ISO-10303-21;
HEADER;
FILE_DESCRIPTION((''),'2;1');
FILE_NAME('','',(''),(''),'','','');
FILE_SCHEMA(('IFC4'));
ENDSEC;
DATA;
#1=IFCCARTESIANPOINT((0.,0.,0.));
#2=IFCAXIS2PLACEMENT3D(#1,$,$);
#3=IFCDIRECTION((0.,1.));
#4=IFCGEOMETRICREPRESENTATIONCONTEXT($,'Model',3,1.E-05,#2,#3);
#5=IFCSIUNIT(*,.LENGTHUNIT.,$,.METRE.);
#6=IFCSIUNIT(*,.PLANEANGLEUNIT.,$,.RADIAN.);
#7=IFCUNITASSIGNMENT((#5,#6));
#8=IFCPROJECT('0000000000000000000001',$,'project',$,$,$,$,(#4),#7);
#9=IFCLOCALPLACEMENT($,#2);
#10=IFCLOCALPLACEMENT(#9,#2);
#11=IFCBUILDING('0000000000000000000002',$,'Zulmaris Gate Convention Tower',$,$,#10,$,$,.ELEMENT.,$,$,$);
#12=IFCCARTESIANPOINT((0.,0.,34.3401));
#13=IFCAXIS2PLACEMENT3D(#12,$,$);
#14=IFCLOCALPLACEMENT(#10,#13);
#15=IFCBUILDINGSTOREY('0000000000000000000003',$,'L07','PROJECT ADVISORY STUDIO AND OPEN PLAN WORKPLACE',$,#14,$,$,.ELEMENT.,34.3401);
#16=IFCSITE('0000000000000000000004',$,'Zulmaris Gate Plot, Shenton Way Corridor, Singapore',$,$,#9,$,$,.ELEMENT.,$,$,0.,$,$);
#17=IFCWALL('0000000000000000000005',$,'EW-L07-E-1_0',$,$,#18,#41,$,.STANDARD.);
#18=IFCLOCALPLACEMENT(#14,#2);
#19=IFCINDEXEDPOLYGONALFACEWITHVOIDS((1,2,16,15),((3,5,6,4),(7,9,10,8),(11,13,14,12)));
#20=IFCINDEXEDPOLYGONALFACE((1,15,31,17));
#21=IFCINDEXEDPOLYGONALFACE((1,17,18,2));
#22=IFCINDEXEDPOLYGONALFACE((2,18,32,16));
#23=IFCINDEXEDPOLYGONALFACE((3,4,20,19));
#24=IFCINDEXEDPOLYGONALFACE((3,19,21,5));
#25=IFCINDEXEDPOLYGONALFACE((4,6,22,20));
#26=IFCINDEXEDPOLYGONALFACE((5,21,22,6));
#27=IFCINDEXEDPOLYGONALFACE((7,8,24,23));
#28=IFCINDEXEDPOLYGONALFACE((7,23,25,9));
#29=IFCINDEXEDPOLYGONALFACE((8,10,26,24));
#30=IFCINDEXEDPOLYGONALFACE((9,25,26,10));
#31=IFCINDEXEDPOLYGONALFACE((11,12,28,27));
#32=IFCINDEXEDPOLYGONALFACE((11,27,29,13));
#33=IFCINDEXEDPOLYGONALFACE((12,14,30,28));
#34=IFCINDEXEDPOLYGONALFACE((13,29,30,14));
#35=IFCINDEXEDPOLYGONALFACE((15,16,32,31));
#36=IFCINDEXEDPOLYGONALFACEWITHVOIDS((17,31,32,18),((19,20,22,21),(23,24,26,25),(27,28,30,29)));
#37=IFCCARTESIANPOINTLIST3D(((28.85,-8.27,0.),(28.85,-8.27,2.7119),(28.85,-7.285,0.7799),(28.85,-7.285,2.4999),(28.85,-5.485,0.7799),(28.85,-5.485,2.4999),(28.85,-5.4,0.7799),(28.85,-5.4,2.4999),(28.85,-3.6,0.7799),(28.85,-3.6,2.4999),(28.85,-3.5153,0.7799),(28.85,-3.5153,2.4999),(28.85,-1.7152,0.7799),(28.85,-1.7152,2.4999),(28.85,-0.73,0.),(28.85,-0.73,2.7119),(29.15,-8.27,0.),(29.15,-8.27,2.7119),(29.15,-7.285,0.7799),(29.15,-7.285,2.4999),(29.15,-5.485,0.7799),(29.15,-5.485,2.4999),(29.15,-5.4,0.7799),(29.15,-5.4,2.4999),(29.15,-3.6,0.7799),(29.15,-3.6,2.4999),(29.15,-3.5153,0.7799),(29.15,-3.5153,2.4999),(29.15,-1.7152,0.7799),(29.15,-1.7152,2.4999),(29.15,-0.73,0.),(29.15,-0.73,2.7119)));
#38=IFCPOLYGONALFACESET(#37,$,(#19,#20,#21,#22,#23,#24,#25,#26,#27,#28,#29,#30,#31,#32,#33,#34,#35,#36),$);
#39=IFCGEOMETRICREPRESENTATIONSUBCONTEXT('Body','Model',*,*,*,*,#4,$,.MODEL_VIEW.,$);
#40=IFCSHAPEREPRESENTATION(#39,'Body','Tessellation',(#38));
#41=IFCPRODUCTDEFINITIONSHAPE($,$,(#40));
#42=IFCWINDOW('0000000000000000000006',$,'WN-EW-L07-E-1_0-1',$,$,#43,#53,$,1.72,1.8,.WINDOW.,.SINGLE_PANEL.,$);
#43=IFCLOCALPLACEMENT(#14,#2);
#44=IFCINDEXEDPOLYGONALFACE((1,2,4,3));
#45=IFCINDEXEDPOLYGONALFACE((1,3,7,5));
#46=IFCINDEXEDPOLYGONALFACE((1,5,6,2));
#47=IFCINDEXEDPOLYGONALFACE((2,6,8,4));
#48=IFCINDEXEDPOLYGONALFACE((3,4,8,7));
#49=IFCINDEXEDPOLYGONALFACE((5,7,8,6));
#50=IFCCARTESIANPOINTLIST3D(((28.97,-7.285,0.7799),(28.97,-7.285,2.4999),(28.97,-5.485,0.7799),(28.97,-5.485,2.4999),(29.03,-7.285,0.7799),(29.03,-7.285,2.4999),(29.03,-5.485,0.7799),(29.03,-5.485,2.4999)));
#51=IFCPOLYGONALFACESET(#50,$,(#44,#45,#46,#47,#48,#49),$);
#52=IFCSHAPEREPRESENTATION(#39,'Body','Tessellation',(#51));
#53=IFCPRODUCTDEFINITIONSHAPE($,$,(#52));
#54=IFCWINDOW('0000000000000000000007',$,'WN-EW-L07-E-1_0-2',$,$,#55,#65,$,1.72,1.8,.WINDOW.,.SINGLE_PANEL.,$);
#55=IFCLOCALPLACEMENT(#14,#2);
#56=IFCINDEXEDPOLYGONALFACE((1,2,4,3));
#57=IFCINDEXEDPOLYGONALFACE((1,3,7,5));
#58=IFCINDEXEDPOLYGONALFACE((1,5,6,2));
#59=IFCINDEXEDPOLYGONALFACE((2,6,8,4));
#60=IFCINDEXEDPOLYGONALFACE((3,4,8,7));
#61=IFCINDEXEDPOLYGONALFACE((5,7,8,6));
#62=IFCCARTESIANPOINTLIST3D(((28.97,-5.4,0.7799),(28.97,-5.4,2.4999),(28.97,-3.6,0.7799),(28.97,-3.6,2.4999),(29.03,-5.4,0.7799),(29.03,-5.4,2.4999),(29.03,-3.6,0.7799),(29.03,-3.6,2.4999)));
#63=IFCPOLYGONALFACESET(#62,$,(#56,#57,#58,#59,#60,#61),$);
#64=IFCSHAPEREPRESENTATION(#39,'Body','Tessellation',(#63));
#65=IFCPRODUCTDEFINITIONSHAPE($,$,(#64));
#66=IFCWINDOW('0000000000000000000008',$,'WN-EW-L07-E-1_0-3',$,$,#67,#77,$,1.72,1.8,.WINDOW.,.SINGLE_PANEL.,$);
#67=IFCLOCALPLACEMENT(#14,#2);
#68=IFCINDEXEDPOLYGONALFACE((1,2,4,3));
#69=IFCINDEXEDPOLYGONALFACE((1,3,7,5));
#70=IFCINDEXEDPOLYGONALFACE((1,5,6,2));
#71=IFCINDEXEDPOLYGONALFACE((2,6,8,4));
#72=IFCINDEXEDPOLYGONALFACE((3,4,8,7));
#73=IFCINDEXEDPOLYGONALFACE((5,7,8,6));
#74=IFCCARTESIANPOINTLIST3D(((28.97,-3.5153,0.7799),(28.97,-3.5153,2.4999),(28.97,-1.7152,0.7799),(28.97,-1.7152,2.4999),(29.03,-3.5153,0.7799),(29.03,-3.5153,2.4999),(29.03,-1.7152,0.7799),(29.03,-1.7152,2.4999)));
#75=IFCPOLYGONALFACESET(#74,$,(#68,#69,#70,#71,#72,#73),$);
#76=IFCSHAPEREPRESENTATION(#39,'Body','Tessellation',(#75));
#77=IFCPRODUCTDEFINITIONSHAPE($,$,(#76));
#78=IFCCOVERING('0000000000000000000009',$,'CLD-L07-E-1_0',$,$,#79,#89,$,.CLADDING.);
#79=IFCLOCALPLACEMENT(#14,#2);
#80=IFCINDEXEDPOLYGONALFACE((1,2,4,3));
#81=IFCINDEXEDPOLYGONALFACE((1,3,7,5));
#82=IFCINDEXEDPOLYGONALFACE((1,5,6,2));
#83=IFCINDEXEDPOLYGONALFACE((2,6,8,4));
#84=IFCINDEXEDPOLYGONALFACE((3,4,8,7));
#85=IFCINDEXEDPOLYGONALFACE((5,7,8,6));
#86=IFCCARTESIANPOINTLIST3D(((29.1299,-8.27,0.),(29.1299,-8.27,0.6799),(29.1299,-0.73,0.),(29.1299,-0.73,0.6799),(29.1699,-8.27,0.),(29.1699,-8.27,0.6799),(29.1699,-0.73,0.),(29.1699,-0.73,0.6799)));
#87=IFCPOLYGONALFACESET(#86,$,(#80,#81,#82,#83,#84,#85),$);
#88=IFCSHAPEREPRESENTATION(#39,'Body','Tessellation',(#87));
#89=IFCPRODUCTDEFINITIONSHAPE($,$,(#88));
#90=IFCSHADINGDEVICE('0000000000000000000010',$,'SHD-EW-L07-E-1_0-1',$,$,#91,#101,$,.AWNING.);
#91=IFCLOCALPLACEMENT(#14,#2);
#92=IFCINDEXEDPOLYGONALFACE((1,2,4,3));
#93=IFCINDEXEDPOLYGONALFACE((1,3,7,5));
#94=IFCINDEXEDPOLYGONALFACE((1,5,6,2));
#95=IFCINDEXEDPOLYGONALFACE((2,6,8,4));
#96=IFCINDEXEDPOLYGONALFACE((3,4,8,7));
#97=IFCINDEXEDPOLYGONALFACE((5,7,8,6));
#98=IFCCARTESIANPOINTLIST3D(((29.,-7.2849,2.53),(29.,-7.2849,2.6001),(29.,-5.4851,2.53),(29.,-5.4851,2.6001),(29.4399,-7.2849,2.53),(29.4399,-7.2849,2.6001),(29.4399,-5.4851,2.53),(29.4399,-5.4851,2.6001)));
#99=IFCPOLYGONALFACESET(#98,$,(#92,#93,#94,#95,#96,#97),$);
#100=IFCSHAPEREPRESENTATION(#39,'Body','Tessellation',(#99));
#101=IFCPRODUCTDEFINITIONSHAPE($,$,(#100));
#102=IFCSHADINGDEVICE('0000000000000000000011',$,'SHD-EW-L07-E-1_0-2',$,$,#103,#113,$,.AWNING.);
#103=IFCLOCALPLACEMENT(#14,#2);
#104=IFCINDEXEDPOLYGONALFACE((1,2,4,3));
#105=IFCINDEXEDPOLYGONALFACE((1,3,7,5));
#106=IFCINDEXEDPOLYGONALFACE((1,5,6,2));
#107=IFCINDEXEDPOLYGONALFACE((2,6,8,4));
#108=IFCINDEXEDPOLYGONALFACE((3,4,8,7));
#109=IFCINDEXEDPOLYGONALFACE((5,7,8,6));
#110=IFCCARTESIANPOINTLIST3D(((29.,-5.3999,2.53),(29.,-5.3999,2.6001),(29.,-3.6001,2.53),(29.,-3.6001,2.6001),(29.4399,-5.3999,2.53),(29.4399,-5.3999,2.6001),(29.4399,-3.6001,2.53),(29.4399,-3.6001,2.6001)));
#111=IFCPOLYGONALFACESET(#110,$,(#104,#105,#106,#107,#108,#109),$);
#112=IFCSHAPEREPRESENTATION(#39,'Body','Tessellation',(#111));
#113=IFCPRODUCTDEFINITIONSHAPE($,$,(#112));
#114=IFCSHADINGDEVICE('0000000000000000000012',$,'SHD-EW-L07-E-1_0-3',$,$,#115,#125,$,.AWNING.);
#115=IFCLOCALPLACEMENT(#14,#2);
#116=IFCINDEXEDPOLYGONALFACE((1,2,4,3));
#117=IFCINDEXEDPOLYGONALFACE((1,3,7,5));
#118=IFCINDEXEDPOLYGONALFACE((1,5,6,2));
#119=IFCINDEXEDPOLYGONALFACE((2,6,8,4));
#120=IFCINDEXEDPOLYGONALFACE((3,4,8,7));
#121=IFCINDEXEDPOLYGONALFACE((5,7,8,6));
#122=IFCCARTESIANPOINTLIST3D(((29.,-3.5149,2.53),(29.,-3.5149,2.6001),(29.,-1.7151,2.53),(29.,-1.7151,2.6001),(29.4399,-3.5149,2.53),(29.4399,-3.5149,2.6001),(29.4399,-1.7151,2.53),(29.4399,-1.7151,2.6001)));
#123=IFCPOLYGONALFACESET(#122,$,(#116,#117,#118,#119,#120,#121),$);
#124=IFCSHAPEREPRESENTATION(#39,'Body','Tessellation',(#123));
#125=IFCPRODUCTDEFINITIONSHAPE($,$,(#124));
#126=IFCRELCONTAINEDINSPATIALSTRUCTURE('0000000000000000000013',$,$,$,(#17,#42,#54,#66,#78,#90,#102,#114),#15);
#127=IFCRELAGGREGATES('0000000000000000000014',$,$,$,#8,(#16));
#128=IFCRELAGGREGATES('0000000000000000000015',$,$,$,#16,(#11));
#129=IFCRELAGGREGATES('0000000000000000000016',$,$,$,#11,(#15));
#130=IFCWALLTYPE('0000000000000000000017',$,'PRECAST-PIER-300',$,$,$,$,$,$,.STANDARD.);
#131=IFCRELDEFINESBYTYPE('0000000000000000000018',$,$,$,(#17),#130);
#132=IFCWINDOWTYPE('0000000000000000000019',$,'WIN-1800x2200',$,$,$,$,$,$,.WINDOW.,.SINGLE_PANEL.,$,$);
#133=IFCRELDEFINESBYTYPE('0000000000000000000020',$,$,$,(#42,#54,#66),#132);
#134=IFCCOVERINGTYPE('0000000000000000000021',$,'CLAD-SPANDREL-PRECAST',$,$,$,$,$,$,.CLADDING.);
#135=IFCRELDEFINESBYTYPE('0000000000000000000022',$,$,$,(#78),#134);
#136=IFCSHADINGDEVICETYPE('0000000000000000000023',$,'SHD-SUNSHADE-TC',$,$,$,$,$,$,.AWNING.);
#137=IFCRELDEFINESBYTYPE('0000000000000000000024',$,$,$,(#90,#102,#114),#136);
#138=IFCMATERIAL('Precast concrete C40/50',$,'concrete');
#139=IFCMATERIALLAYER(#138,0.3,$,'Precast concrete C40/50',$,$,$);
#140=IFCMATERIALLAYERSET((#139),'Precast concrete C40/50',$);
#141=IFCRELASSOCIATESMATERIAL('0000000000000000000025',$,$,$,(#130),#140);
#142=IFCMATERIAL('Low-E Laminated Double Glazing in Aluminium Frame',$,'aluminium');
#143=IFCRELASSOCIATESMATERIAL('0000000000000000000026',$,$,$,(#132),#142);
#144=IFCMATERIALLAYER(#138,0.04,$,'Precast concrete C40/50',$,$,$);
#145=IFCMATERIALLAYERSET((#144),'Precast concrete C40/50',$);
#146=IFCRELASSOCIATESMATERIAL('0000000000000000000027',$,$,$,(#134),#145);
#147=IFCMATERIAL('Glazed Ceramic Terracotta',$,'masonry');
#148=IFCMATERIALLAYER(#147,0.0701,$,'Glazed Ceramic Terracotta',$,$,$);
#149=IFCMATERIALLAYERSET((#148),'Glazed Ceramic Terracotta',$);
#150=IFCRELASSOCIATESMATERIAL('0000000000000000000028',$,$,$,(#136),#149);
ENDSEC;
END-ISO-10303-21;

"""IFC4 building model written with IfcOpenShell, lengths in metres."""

from ifc_helpers import new_model, si_unit, direction, frame, frame_2d, origin, place, context, subcontext, project, spatial, rectangle, extrude, material, layer, layer_set, type_object, element, fill, save


model = new_model("IFC4")

# Units and contexts
model_context = context("Model", 3, precision=1e-05, world=origin(), true_north=direction((0.0, 1.0)))
body_context = subcontext(model_context, "Body", "Model", "MODEL_VIEW")
ifc_project = project(units=[si_unit("LENGTHUNIT", "METRE"), si_unit("PLANEANGLEUNIT", "RADIAN")], contexts=[model_context])

# Site, building, storey
site_placement = place(None, origin())
site = spatial("IfcSite", under=ifc_project, at=site_placement, Name="Zulmaris Gate Plot, Shenton Way Corridor, Singapore", CompositionType="ELEMENT", RefElevation=0.0)
building_placement = place(site_placement, origin())
building = spatial("IfcBuilding", under=site, at=building_placement, Name="Zulmaris Gate Convention Tower", CompositionType="ELEMENT")
storey_placement = place(building_placement, frame((0.0, 0.0, 34.3401)))
storey = spatial("IfcBuildingStorey", under=building, at=storey_placement, Name="L07", Description="PROJECT ADVISORY STUDIO AND OPEN PLAN WORKPLACE", CompositionType="ELEMENT", Elevation=34.3401)

# Wall, openings, windows
ifc_material_1 = material(Name="Precast concrete C40/50", Category="concrete")
ifc_layer_1 = layer(ifc_material_1, 0.3, Name="Precast concrete C40/50")
ifc_layer_set_1 = layer_set([ifc_layer_1], Name="Precast concrete C40/50")
wall_type_1 = type_object("IfcWallType", Name="PRECAST-PIER-300", PredefinedType="STANDARD", material=ifc_layer_set_1)
wall_1_placement = place(storey_placement, frame((29.0, -8.27, 0.0), z_axis=(0.0, 0.0, 1.0), x_axis=(0.0, 1.0, 0.0)))
wall_1 = element("IfcWall", 1, at=wall_1_placement, inside=storey, type_object=wall_type_1, Name="EW-L07-E-1_0", PredefinedType="STANDARD", context=body_context, shape_type="SweptSolid", body=[
    extrude(rectangle(XDim=7.54, YDim=0.3, at=frame_2d((3.77, 0.0))), origin(), (0.0, 0.0, 1.0), 2.7119),
])
opening_1_placement = place(wall_1_placement, frame((0.9851, 0.0, 0.78)))
opening_1 = element("IfcOpeningElement", 2, at=opening_1_placement, cuts=wall_1, PredefinedType="OPENING", context=body_context, shape_type="SweptSolid", body=[
    extrude(rectangle(XDim=1.8, YDim=1.72, at=frame_2d((0.8999, 0.8599))), frame((0.0, 0.1602, 0.0), z_axis=(0.0, -1.0, 0.0), x_axis=(1.0, 0.0, 0.0)), (0.0, 0.0, 1.0), 0.3201),
])
opening_2_placement = place(wall_1_placement, frame((2.8701, 0.0, 0.78)))
opening_2 = element("IfcOpeningElement", 3, at=opening_2_placement, cuts=wall_1, PredefinedType="OPENING", context=body_context, shape_type="SweptSolid", body=[
    extrude(rectangle(XDim=1.8, YDim=1.72, at=frame_2d((0.8999, 0.8599))), frame((0.0, 0.1602, 0.0), z_axis=(0.0, -1.0, 0.0), x_axis=(1.0, 0.0, 0.0)), (0.0, 0.0, 1.0), 0.3201),
])
opening_3_placement = place(wall_1_placement, frame((4.7549, 0.0, 0.78)))
opening_3 = element("IfcOpeningElement", 4, at=opening_3_placement, cuts=wall_1, PredefinedType="OPENING", context=body_context, shape_type="SweptSolid", body=[
    extrude(rectangle(XDim=1.8, YDim=1.72, at=frame_2d((0.8999, 0.8599))), frame((0.0, 0.1602, 0.0), z_axis=(0.0, -1.0, 0.0), x_axis=(1.0, 0.0, 0.0)), (0.0, 0.0, 1.0), 0.3201),
])
ifc_material_2 = material(Name="Low-E Laminated Double Glazing in Aluminium Frame", Category="aluminium")
window_type = type_object("IfcWindowType", Name="WIN-1800x2200", PartitioningType="SINGLE_PANEL", PredefinedType="WINDOW", material=ifc_material_2)
window_1_placement = place(opening_1_placement, origin())
window_1 = element("IfcWindow", 5, at=window_1_placement, inside=storey, type_object=window_type, Name="WN-EW-L07-E-1_0-1", OverallHeight=1.72, OverallWidth=1.8, PartitioningType="SINGLE_PANEL", PredefinedType="WINDOW", context=body_context, shape_type="SweptSolid", body=[
    extrude(rectangle(XDim=1.8, YDim=1.72, at=frame_2d((0.8999, 0.8599))), frame((0.0, 0.03, 0.0), z_axis=(0.0, -1.0, 0.0), x_axis=(1.0, 0.0, 0.0)), (0.0, 0.0, 1.0), 0.0601),
])
fill(opening_1, window_1)
window_2_placement = place(opening_2_placement, origin())
window_2 = element("IfcWindow", 6, at=window_2_placement, inside=storey, type_object=window_type, Name="WN-EW-L07-E-1_0-2", OverallHeight=1.72, OverallWidth=1.8, PartitioningType="SINGLE_PANEL", PredefinedType="WINDOW", context=body_context, shape_type="SweptSolid", body=[
    extrude(rectangle(XDim=1.8, YDim=1.72, at=frame_2d((0.8999, 0.8599))), frame((0.0, 0.03, 0.0), z_axis=(0.0, -1.0, 0.0), x_axis=(1.0, 0.0, 0.0)), (0.0, 0.0, 1.0), 0.0601),
])
fill(opening_2, window_2)
window_3_placement = place(opening_3_placement, origin())
window_3 = element("IfcWindow", 7, at=window_3_placement, inside=storey, type_object=window_type, Name="WN-EW-L07-E-1_0-3", OverallHeight=1.72, OverallWidth=1.8, PartitioningType="SINGLE_PANEL", PredefinedType="WINDOW", context=body_context, shape_type="SweptSolid", body=[
    extrude(rectangle(XDim=1.8, YDim=1.72, at=frame_2d((0.8999, 0.8599))), frame((0.0, 0.03, 0.0), z_axis=(0.0, -1.0, 0.0), x_axis=(1.0, 0.0, 0.0)), (0.0, 0.0, 1.0), 0.0601),
])
fill(opening_3, window_3)

# Covering
ifc_layer_2 = layer(ifc_material_1, 0.04, Name="Precast concrete C40/50")
ifc_layer_set_2 = layer_set([ifc_layer_2], Name="Precast concrete C40/50")
covering_type = type_object("IfcCoveringType", Name="CLAD-SPANDREL-PRECAST", PredefinedType="CLADDING", material=ifc_layer_set_2)
covering_placement = place(storey_placement, frame((29.1499, -8.27, 0.0), z_axis=(0.0, 0.0, 1.0), x_axis=(0.0, 1.0, 0.0)))
element("IfcCovering", 8, at=covering_placement, inside=storey, type_object=covering_type, Name="CLD-L07-E-1_0", PredefinedType="CLADDING", context=body_context, shape_type="SweptSolid", body=[
    extrude(rectangle(XDim=7.54, YDim=0.04, at=frame_2d((3.77, 0.0))), origin(), (0.0, 0.0, 1.0), 0.6799),
])

# Shading devices
ifc_material_3 = material(Name="Glazed Ceramic Terracotta", Category="masonry")
ifc_layer_3 = layer(ifc_material_3, 0.0701, Name="Glazed Ceramic Terracotta")
ifc_layer_set_3 = layer_set([ifc_layer_3], Name="Glazed Ceramic Terracotta")
shading_device_type = type_object("IfcShadingDeviceType", Name="SHD-SUNSHADE-TC", PredefinedType="AWNING", material=ifc_layer_set_3)
for number, where, z_axis, x_axis, name in (
    (9, (29.22, -7.2849, 2.53), (0.0, 0.0, 1.0), (0.0, 1.0, 0.0), "SHD-EW-L07-E-1_0-1"),
    (10, (29.22, -5.3999, 2.53), (0.0, 0.0, 1.0), (0.0, 1.0, 0.0), "SHD-EW-L07-E-1_0-2"),
    (11, (29.22, -3.5149, 2.53), (0.0, 0.0, 1.0), (0.0, 1.0, 0.0), "SHD-EW-L07-E-1_0-3"),
):
    element("IfcShadingDevice", number, at=place(storey_placement, frame(where, z_axis=z_axis, x_axis=x_axis)), inside=storey, type_object=shading_device_type, Name=name, PredefinedType="AWNING", context=body_context, shape_type="SweptSolid", body=[
        extrude(rectangle(XDim=1.7998, YDim=0.4399, at=frame_2d((0.8999, 0.0))), origin(), (0.0, 0.0, 1.0), 0.0701),
    ])

save(model, "model.ifc")
